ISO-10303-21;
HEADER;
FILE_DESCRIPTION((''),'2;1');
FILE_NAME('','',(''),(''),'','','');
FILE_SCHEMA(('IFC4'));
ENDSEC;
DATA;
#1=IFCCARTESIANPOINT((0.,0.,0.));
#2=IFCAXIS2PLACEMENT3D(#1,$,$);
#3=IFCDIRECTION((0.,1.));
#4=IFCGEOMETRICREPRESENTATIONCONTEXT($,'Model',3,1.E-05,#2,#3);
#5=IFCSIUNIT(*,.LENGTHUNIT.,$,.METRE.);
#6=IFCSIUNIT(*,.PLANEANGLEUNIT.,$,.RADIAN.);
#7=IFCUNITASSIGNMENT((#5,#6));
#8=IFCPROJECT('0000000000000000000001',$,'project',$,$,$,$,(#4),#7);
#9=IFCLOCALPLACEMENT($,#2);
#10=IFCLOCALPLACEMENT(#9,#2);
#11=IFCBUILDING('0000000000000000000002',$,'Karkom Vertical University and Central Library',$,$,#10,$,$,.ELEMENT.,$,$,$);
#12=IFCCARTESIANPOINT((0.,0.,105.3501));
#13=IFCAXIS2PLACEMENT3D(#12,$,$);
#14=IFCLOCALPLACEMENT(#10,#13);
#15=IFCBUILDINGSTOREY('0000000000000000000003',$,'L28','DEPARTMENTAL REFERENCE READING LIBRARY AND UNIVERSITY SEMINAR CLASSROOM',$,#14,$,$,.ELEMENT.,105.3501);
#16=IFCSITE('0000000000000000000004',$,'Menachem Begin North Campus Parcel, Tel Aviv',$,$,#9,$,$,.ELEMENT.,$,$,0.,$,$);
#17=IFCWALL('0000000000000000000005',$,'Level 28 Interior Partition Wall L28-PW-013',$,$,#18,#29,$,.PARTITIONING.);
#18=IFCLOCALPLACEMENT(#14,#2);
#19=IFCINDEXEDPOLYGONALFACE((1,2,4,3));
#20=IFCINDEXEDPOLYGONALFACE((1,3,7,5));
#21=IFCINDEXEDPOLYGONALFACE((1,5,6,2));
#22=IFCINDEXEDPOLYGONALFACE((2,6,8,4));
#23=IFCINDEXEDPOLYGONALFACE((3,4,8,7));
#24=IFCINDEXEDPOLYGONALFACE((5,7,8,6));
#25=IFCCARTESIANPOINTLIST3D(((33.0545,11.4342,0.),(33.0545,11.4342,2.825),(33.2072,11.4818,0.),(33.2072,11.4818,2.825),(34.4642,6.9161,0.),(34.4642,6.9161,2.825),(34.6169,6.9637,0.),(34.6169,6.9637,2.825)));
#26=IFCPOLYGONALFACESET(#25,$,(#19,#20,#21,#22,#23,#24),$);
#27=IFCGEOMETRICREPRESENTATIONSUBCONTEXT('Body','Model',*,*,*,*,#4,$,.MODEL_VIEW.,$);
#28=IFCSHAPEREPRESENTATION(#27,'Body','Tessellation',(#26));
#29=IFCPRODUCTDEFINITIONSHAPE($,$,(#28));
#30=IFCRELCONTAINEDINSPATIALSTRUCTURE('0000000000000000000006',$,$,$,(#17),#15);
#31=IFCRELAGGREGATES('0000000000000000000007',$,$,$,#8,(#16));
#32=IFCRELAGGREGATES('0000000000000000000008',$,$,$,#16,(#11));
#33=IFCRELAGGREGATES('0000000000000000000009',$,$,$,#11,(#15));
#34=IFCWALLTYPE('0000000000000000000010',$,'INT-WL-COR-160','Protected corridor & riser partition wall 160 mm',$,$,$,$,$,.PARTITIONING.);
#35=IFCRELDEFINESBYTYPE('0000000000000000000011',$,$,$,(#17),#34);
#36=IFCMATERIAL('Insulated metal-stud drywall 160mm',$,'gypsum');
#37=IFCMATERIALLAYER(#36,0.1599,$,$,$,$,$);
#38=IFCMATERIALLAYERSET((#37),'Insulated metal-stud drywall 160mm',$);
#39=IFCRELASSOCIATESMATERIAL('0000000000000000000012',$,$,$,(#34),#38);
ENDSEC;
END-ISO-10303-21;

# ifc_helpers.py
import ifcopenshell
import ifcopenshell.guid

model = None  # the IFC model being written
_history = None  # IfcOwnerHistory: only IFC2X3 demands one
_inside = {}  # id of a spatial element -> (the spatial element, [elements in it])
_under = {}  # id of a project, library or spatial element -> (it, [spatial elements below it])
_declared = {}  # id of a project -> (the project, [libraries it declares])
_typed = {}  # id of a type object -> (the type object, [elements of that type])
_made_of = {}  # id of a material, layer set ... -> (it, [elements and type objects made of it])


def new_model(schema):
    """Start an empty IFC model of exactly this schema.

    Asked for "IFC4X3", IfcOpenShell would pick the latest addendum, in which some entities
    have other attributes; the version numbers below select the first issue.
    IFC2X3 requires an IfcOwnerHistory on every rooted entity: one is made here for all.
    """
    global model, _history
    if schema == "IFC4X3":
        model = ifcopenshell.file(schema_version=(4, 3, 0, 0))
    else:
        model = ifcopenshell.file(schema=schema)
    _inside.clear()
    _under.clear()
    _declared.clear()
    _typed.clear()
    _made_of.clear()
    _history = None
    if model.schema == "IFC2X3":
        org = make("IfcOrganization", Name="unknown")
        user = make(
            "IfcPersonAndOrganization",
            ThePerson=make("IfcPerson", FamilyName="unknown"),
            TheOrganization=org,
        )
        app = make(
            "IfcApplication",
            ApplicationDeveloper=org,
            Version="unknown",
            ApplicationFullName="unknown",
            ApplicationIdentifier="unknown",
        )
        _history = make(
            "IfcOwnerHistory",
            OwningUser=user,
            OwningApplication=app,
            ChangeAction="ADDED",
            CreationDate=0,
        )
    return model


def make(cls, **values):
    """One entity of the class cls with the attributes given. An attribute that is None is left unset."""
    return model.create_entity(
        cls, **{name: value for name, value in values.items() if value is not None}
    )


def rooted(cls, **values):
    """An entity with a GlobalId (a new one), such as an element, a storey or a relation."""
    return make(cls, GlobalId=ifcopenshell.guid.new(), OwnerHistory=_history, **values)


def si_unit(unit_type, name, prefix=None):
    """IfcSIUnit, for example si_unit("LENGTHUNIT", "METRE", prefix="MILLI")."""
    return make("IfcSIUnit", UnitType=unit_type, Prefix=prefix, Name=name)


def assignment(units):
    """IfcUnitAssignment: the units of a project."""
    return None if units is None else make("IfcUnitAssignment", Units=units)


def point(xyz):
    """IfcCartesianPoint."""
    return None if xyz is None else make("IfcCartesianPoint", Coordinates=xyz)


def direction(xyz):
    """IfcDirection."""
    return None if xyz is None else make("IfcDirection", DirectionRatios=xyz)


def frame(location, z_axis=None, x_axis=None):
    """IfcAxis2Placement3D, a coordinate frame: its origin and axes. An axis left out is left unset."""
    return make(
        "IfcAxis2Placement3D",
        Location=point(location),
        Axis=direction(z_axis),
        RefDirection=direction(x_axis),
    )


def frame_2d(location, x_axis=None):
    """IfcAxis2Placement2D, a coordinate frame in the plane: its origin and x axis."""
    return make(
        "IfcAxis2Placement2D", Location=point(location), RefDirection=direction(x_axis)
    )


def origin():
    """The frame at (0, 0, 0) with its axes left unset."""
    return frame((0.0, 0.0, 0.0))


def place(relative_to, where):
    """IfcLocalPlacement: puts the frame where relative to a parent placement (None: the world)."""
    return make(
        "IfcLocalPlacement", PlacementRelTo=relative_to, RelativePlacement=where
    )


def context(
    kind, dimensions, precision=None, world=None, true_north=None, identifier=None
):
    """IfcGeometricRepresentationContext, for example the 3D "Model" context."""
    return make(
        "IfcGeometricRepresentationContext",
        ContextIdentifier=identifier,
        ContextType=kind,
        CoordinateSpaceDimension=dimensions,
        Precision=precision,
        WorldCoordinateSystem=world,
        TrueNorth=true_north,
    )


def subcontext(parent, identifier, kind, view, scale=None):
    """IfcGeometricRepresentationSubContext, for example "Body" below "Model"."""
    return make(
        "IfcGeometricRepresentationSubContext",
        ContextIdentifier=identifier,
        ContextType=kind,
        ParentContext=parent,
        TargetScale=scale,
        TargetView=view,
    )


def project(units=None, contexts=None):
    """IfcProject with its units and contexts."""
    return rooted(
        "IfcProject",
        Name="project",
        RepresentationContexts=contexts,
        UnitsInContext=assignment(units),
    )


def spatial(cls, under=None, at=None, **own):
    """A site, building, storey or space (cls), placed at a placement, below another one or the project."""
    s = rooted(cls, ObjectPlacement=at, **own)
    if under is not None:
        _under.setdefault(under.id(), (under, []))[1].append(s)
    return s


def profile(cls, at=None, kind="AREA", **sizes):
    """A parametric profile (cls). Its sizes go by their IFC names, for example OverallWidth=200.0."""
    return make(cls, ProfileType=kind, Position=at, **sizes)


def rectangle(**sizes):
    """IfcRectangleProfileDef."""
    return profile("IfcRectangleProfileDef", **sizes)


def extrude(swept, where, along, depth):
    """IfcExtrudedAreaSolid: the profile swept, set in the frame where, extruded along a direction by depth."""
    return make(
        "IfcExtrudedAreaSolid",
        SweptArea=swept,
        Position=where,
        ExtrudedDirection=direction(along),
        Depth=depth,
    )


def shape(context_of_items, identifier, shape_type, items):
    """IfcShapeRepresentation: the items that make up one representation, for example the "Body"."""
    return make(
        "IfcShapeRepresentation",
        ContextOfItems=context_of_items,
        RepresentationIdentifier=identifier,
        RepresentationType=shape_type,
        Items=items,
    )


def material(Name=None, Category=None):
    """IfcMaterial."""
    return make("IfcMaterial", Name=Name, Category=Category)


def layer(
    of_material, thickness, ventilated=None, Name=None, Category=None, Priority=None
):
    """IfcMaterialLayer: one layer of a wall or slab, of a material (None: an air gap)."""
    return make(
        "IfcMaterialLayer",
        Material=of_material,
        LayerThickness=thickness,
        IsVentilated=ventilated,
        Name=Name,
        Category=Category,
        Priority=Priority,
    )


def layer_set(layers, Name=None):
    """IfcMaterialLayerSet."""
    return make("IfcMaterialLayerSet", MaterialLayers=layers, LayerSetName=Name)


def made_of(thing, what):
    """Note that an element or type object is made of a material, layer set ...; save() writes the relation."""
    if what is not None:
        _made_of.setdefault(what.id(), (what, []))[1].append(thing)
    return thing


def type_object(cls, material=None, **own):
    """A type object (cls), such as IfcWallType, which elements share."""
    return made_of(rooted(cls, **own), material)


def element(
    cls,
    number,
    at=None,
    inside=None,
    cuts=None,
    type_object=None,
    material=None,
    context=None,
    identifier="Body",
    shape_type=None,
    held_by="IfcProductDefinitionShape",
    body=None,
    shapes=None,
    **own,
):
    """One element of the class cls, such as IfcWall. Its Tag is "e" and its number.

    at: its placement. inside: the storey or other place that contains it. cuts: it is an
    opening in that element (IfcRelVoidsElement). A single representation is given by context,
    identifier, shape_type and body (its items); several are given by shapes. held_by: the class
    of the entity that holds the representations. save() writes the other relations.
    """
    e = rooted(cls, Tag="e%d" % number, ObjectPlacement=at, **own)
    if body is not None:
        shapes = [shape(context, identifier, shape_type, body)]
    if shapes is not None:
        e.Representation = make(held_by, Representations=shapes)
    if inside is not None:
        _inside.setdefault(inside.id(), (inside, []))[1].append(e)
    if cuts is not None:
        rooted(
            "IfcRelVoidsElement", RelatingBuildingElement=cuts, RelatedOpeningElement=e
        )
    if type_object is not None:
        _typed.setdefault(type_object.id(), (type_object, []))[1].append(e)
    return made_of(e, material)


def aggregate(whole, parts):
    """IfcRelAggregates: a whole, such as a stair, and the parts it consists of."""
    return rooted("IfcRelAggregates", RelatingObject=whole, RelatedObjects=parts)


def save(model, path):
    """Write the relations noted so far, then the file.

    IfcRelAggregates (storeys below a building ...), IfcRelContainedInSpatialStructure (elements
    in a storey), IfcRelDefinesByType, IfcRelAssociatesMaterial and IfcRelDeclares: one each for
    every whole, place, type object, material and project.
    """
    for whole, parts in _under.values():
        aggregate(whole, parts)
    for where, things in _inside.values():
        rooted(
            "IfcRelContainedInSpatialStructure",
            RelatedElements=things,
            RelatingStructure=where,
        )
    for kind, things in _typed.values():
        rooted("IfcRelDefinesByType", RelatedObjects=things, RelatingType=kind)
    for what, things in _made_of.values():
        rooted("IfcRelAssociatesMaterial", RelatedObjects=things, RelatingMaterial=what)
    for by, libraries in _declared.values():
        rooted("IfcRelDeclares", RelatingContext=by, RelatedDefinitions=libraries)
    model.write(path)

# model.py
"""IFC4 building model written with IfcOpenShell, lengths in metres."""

from ifc_helpers import new_model, si_unit, direction, frame, frame_2d, origin, place, context, subcontext, project, spatial, rectangle, extrude, material, layer, layer_set, type_object, element, save


model = new_model("IFC4")

# Units and contexts
model_context = context("Model", 3, precision=1e-05, world=origin(), true_north=direction((0.0, 1.0)))
body_context = subcontext(model_context, "Body", "Model", "MODEL_VIEW")
ifc_project = project(units=[si_unit("LENGTHUNIT", "METRE"), si_unit("PLANEANGLEUNIT", "RADIAN")], contexts=[model_context])

# Site, building, storey
site_placement = place(None, origin())
site = spatial("IfcSite", under=ifc_project, at=site_placement, Name="Menachem Begin North Campus Parcel, Tel Aviv", CompositionType="ELEMENT", RefElevation=0.0)
building_placement = place(site_placement, origin())
building = spatial("IfcBuilding", under=site, at=building_placement, Name="Karkom Vertical University and Central Library", CompositionType="ELEMENT")
storey_placement = place(building_placement, frame((0.0, 0.0, 105.3501)))
storey = spatial("IfcBuildingStorey", under=building, at=storey_placement, Name="L28", Description="DEPARTMENTAL REFERENCE READING LIBRARY AND UNIVERSITY SEMINAR CLASSROOM", CompositionType="ELEMENT", Elevation=105.3501)

# Shared definitions
ifc_material_1 = material(Name="Insulated metal-stud drywall 160mm", Category="gypsum")
ifc_layer_1 = layer(ifc_material_1, 0.1599)
ifc_layer_set_1 = layer_set([ifc_layer_1], Name="Insulated metal-stud drywall 160mm")
wall_type_1 = type_object("IfcWallType", Name="INT-WL-COR-160", Description="Protected corridor & riser partition wall 160 mm", PredefinedType="PARTITIONING", material=ifc_layer_set_1)

# Wall
wall_1_placement = place(storey_placement, frame((33.1309, 11.458, 0.0), z_axis=(0.0, 0.0, 1.0), x_axis=(0.297846, -0.954614, 0.0)))
element("IfcWall", 1, at=wall_1_placement, inside=storey, type_object=wall_type_1, Name="Level 28 Interior Partition Wall L28-PW-013", PredefinedType="PARTITIONING", context=body_context, shape_type="SweptSolid", body=[
    extrude(rectangle(XDim=4.7329, YDim=0.1599, at=frame_2d((2.3665, 0.0))), origin(), (0.0, 0.0, 1.0), 2.825),
])

save(model, "model.ifc")
